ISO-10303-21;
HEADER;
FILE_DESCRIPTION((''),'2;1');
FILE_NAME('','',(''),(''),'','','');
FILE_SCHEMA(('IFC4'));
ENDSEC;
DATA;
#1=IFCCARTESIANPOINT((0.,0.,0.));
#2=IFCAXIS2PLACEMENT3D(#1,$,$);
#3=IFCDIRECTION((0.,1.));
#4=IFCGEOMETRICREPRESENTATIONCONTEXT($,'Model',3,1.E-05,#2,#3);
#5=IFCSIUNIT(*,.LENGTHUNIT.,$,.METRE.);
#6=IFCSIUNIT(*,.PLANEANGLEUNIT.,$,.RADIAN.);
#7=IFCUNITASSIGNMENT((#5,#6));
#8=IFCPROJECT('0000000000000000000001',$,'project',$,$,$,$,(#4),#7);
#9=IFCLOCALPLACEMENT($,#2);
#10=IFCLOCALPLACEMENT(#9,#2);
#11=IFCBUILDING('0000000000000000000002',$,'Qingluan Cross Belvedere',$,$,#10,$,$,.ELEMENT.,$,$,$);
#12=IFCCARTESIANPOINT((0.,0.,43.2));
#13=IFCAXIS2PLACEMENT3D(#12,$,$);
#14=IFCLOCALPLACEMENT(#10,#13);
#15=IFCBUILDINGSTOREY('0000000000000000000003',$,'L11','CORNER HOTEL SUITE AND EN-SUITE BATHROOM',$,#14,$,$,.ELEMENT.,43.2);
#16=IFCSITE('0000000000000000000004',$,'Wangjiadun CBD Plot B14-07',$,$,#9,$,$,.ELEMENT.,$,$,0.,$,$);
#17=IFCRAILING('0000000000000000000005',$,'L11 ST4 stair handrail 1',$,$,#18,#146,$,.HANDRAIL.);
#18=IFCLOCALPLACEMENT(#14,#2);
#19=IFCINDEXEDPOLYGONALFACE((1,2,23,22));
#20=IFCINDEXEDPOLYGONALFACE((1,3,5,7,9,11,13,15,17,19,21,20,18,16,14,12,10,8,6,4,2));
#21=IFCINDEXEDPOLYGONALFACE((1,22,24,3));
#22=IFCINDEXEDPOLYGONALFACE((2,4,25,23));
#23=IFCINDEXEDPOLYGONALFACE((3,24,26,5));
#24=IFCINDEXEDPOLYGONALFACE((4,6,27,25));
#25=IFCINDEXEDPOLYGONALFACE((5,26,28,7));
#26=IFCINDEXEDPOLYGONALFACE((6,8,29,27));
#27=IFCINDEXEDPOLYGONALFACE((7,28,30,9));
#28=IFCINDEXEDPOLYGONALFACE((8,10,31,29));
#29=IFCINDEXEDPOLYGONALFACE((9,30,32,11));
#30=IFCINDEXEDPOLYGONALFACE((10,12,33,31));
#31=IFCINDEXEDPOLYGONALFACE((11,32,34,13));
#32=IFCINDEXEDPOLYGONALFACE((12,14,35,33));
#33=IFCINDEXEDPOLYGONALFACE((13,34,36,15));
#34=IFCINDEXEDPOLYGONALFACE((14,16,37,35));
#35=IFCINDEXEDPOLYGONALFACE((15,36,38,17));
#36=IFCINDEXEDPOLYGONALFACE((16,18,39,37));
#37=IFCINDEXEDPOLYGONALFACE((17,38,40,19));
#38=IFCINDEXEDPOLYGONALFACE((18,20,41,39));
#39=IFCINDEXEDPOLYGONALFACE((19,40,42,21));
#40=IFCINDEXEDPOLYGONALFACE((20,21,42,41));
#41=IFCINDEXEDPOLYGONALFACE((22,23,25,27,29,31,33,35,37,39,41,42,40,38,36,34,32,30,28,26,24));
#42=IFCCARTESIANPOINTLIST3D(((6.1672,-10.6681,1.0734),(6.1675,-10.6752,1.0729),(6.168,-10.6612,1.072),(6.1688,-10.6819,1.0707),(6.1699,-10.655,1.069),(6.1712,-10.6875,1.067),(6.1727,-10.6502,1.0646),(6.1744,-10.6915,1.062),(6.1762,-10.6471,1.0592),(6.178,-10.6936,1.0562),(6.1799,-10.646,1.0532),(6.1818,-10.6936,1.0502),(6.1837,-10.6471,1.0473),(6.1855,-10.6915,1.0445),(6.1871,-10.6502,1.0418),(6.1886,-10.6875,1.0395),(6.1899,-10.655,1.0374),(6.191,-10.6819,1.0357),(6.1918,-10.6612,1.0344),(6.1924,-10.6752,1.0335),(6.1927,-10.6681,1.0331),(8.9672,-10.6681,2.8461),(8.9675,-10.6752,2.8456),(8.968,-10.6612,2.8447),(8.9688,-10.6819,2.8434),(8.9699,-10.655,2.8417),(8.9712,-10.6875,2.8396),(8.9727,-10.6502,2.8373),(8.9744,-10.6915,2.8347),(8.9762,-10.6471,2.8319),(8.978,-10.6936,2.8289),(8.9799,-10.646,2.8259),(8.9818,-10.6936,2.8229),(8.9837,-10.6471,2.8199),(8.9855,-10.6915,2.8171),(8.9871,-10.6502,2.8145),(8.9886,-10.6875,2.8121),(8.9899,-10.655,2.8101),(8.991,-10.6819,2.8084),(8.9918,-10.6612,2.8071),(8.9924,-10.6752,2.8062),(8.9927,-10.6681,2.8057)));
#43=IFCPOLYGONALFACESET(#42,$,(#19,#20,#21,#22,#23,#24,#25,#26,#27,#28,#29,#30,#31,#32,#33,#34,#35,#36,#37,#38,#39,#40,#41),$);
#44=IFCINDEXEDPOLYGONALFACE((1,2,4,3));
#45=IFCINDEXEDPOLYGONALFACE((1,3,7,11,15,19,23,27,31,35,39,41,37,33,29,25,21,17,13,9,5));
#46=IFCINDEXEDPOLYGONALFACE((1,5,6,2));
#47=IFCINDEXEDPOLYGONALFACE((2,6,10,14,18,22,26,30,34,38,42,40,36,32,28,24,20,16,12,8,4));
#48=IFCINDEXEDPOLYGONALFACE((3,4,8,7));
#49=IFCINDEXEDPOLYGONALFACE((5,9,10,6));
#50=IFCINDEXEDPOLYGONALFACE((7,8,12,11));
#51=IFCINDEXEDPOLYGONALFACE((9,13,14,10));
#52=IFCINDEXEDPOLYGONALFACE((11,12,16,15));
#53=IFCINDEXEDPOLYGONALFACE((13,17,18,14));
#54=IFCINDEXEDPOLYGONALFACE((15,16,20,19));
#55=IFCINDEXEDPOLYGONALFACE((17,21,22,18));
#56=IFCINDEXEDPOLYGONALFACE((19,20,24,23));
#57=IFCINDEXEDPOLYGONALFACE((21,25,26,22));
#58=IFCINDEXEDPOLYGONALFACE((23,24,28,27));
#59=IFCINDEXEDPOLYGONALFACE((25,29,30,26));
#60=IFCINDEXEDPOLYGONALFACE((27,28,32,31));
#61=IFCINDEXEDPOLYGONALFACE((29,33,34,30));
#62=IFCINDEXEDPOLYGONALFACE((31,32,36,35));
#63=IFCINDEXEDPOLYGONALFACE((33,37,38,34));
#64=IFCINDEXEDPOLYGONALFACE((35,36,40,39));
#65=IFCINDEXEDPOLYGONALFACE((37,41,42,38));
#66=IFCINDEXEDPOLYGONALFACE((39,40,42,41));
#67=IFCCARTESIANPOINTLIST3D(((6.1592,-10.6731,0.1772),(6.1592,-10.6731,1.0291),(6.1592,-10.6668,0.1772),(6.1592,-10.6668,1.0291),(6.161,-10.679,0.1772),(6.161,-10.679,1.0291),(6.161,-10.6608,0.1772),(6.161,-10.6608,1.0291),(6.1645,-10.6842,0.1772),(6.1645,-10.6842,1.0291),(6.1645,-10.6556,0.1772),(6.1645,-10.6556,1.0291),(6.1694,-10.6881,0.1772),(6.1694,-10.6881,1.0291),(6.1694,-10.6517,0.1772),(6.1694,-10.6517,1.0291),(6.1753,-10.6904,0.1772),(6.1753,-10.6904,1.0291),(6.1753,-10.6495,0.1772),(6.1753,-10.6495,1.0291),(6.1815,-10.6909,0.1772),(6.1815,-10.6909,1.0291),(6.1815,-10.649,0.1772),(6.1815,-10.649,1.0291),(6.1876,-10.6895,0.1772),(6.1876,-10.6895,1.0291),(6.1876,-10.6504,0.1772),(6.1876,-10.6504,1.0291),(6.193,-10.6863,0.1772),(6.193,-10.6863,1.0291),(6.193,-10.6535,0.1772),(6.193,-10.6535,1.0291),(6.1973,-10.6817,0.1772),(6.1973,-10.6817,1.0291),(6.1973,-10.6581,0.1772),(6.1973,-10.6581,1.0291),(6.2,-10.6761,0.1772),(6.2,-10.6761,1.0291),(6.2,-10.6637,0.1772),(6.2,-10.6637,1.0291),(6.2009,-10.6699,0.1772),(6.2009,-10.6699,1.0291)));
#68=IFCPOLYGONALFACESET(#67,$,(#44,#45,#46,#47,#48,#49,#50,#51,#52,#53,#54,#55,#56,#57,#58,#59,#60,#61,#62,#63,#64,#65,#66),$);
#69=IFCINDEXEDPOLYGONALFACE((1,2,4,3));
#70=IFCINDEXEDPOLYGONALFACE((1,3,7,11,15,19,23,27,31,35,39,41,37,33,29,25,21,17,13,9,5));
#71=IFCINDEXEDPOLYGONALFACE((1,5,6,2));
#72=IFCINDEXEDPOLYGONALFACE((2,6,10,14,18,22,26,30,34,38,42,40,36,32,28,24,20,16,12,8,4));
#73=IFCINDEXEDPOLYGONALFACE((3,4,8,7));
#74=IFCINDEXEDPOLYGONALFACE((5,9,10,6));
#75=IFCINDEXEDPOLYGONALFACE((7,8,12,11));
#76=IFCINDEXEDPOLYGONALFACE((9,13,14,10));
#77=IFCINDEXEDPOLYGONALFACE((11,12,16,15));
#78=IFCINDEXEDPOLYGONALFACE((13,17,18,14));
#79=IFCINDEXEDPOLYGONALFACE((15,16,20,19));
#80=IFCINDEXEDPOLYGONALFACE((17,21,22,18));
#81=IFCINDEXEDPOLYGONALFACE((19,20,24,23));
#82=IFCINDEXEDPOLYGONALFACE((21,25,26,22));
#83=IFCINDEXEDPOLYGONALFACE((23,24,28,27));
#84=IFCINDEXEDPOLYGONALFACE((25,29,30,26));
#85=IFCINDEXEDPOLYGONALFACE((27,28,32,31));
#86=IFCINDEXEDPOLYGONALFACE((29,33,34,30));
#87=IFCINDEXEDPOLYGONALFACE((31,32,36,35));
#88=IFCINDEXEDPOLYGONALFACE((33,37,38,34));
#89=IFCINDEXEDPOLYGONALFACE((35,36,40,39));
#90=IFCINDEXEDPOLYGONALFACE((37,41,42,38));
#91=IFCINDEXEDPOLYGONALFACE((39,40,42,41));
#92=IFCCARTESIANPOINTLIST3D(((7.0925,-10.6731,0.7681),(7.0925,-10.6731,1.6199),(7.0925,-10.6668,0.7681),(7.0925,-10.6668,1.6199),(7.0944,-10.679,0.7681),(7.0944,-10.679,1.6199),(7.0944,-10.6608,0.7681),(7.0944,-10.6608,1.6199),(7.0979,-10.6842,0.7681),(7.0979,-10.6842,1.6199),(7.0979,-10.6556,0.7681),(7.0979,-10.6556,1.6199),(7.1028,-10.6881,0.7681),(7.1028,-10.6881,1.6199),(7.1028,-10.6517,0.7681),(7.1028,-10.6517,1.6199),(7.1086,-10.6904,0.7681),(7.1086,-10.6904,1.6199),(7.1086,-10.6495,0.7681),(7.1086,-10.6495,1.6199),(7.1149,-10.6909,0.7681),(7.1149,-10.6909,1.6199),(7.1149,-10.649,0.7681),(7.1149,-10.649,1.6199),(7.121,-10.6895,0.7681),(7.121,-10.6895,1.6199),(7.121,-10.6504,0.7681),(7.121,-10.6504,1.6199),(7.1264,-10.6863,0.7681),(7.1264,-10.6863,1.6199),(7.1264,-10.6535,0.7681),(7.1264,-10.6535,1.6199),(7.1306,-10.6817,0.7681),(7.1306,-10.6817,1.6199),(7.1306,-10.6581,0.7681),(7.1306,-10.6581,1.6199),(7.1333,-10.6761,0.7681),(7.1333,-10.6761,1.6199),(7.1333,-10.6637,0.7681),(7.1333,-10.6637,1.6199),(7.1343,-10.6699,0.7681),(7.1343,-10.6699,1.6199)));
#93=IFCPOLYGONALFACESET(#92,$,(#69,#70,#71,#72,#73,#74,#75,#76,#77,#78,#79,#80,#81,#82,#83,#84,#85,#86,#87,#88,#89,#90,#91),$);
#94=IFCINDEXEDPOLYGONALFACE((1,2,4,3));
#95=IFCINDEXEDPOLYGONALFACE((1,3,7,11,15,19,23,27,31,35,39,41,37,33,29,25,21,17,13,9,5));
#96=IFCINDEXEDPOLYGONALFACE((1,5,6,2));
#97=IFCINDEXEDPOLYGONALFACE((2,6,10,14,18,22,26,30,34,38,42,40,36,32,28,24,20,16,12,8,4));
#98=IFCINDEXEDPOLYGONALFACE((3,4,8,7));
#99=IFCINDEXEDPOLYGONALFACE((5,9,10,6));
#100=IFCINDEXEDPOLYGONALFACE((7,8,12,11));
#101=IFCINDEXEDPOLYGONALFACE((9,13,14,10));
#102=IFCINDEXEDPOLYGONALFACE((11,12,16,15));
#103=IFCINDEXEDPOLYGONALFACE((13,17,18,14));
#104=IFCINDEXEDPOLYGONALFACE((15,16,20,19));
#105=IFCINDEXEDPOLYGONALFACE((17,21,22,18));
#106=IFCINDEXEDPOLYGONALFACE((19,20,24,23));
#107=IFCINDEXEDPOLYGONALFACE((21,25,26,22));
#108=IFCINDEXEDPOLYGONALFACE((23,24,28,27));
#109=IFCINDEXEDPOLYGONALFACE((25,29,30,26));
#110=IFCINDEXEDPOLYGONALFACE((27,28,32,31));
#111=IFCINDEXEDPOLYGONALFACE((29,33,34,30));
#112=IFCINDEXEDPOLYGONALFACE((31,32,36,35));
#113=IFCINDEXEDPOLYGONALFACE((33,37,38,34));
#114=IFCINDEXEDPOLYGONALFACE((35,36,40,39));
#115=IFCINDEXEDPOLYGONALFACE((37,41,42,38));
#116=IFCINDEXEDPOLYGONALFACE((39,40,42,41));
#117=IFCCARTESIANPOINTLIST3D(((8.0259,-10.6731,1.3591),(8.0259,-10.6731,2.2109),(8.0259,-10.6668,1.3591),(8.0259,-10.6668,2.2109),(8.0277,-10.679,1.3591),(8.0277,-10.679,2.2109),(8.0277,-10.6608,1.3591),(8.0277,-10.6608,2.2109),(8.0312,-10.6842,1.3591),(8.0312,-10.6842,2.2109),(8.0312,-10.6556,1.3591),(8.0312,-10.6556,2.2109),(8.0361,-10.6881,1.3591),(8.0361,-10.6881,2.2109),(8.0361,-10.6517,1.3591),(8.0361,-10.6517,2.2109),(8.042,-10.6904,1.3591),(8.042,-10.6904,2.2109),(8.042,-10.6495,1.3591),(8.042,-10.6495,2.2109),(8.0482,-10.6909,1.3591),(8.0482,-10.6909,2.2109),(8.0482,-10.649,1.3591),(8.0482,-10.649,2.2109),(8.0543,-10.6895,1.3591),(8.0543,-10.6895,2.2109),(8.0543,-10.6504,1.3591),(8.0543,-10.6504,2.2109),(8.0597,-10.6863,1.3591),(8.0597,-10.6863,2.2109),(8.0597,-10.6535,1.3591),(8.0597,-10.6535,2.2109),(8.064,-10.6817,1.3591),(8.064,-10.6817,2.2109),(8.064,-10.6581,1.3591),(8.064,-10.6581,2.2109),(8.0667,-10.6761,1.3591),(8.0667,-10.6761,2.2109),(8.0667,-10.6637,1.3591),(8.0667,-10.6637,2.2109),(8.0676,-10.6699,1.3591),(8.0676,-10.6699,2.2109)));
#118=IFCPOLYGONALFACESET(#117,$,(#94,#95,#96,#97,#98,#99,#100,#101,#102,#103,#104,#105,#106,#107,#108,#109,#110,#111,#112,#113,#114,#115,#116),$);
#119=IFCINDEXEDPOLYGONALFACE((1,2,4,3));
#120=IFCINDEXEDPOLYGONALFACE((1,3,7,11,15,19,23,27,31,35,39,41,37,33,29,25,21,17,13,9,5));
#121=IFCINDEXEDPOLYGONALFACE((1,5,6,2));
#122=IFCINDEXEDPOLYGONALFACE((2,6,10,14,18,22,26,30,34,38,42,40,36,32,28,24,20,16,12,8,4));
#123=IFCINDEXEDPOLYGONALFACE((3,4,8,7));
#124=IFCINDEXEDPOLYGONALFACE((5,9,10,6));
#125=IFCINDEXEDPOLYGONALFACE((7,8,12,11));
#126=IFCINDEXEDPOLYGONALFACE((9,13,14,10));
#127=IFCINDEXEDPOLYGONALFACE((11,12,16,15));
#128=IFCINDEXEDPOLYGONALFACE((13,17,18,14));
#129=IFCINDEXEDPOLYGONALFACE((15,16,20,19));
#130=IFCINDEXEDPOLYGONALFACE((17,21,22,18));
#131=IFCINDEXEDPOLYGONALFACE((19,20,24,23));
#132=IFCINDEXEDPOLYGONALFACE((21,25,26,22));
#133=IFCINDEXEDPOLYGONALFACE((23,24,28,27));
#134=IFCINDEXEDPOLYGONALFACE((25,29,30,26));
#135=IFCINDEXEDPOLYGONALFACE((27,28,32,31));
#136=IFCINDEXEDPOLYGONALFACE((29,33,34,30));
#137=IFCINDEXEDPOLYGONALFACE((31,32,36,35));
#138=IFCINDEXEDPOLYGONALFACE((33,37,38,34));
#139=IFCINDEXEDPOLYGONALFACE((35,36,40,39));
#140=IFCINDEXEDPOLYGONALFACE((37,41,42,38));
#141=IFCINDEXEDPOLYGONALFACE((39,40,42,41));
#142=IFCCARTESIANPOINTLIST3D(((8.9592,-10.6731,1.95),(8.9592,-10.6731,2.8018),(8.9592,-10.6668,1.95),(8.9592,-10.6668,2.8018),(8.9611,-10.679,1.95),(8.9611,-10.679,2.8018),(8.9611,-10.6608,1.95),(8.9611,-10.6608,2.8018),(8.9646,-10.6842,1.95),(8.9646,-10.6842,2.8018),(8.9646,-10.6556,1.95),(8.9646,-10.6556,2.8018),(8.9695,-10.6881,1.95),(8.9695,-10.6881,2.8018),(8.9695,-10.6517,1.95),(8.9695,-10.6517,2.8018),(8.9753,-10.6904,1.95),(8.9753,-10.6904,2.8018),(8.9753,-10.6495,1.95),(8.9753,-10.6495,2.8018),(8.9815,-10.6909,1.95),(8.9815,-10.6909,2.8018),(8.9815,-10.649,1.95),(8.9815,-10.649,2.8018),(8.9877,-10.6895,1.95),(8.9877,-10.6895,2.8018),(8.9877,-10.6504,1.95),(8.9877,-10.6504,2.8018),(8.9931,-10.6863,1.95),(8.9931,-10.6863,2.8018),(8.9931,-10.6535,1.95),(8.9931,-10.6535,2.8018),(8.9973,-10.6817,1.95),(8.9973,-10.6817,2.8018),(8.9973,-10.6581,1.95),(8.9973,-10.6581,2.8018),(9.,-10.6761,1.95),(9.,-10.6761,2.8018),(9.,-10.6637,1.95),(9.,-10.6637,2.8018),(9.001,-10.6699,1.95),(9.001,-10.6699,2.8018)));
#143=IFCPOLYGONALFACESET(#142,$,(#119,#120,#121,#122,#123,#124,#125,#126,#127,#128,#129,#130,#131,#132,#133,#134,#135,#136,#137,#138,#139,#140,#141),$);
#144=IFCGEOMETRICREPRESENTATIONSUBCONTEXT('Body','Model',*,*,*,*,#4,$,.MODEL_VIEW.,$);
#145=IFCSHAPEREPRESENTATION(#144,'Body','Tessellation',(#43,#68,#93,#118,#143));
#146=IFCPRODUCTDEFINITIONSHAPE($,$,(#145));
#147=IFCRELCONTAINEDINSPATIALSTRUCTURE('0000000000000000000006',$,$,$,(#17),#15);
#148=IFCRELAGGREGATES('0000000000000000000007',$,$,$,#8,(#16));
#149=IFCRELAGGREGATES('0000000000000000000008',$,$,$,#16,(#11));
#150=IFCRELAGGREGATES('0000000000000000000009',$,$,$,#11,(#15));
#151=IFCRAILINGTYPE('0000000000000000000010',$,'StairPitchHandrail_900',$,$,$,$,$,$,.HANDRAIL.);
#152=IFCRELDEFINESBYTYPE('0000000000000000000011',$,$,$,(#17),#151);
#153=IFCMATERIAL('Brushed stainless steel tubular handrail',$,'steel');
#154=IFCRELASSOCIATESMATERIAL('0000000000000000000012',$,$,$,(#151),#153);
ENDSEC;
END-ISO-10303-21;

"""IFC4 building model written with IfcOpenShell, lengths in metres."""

from ifc_helpers import new_model, si_unit, direction, frame, origin, origin_2d, place, context, subcontext, project, spatial, circle, extrude, material, type_object, element, save


model = new_model("IFC4")

# Units and contexts
model_context = context("Model", 3, precision=1e-05, world=origin(), true_north=direction((0.0, 1.0)))
body_context = subcontext(model_context, "Body", "Model", "MODEL_VIEW")
ifc_project = project(units=[si_unit("LENGTHUNIT", "METRE"), si_unit("PLANEANGLEUNIT", "RADIAN")], contexts=[model_context])

# Site, building, storey
site_placement = place(None, origin())
site = spatial("IfcSite", under=ifc_project, at=site_placement, Name="Wangjiadun CBD Plot B14-07", CompositionType="ELEMENT", RefElevation=0.0)
building_placement = place(site_placement, origin())
building = spatial("IfcBuilding", under=site, at=building_placement, Name="Qingluan Cross Belvedere", CompositionType="ELEMENT")
storey_placement = place(building_placement, frame((0.0, 0.0, 43.2)))
storey = spatial("IfcBuildingStorey", under=building, at=storey_placement, Name="L11", Description="CORNER HOTEL SUITE AND EN-SUITE BATHROOM", CompositionType="ELEMENT", Elevation=43.2)

# Railing
ifc_material_1 = material(Name="Brushed stainless steel tubular handrail", Category="steel")
railing_type_1 = type_object("IfcRailingType", Name="StairPitchHandrail_900", PredefinedType="HANDRAIL", material=ifc_material_1)
for number, where, name in (
    (1, (6.1799, -10.6699, 0.1772), "L11 ST4 stair handrail 1"),
):
    element("IfcRailing", number, at=place(storey_placement, frame(where)), inside=storey, type_object=railing_type_1, Name=name, PredefinedType="HANDRAIL", context=body_context, shape_type="SweptSolid", body=[
        extrude(circle(Radius=0.0239, at=origin_2d()), frame((0.0, 0.0, 0.876), z_axis=(0.844909, 0.0, 0.53491), x_axis=(0.0, 1.0, 0.0)), (0.0, 0.0, 1.0), 3.314),
        extrude(circle(Radius=0.021, at=origin_2d()), origin(), (0.0, 0.0, 1.0), 0.8518),
        extrude(circle(Radius=0.021, at=origin_2d()), frame((0.9333, 0.0, 0.5908)), (0.0, 0.0, 1.0), 0.8518),
        extrude(circle(Radius=0.021, at=origin_2d()), frame((1.8667, 0.0, 1.1819)), (0.0, 0.0, 1.0), 0.8518),
        extrude(circle(Radius=0.021, at=origin_2d()), frame((2.8, 0.0, 1.7727)), (0.0, 0.0, 1.0), 0.8518),
    ])

save(model, "model.ifc")
